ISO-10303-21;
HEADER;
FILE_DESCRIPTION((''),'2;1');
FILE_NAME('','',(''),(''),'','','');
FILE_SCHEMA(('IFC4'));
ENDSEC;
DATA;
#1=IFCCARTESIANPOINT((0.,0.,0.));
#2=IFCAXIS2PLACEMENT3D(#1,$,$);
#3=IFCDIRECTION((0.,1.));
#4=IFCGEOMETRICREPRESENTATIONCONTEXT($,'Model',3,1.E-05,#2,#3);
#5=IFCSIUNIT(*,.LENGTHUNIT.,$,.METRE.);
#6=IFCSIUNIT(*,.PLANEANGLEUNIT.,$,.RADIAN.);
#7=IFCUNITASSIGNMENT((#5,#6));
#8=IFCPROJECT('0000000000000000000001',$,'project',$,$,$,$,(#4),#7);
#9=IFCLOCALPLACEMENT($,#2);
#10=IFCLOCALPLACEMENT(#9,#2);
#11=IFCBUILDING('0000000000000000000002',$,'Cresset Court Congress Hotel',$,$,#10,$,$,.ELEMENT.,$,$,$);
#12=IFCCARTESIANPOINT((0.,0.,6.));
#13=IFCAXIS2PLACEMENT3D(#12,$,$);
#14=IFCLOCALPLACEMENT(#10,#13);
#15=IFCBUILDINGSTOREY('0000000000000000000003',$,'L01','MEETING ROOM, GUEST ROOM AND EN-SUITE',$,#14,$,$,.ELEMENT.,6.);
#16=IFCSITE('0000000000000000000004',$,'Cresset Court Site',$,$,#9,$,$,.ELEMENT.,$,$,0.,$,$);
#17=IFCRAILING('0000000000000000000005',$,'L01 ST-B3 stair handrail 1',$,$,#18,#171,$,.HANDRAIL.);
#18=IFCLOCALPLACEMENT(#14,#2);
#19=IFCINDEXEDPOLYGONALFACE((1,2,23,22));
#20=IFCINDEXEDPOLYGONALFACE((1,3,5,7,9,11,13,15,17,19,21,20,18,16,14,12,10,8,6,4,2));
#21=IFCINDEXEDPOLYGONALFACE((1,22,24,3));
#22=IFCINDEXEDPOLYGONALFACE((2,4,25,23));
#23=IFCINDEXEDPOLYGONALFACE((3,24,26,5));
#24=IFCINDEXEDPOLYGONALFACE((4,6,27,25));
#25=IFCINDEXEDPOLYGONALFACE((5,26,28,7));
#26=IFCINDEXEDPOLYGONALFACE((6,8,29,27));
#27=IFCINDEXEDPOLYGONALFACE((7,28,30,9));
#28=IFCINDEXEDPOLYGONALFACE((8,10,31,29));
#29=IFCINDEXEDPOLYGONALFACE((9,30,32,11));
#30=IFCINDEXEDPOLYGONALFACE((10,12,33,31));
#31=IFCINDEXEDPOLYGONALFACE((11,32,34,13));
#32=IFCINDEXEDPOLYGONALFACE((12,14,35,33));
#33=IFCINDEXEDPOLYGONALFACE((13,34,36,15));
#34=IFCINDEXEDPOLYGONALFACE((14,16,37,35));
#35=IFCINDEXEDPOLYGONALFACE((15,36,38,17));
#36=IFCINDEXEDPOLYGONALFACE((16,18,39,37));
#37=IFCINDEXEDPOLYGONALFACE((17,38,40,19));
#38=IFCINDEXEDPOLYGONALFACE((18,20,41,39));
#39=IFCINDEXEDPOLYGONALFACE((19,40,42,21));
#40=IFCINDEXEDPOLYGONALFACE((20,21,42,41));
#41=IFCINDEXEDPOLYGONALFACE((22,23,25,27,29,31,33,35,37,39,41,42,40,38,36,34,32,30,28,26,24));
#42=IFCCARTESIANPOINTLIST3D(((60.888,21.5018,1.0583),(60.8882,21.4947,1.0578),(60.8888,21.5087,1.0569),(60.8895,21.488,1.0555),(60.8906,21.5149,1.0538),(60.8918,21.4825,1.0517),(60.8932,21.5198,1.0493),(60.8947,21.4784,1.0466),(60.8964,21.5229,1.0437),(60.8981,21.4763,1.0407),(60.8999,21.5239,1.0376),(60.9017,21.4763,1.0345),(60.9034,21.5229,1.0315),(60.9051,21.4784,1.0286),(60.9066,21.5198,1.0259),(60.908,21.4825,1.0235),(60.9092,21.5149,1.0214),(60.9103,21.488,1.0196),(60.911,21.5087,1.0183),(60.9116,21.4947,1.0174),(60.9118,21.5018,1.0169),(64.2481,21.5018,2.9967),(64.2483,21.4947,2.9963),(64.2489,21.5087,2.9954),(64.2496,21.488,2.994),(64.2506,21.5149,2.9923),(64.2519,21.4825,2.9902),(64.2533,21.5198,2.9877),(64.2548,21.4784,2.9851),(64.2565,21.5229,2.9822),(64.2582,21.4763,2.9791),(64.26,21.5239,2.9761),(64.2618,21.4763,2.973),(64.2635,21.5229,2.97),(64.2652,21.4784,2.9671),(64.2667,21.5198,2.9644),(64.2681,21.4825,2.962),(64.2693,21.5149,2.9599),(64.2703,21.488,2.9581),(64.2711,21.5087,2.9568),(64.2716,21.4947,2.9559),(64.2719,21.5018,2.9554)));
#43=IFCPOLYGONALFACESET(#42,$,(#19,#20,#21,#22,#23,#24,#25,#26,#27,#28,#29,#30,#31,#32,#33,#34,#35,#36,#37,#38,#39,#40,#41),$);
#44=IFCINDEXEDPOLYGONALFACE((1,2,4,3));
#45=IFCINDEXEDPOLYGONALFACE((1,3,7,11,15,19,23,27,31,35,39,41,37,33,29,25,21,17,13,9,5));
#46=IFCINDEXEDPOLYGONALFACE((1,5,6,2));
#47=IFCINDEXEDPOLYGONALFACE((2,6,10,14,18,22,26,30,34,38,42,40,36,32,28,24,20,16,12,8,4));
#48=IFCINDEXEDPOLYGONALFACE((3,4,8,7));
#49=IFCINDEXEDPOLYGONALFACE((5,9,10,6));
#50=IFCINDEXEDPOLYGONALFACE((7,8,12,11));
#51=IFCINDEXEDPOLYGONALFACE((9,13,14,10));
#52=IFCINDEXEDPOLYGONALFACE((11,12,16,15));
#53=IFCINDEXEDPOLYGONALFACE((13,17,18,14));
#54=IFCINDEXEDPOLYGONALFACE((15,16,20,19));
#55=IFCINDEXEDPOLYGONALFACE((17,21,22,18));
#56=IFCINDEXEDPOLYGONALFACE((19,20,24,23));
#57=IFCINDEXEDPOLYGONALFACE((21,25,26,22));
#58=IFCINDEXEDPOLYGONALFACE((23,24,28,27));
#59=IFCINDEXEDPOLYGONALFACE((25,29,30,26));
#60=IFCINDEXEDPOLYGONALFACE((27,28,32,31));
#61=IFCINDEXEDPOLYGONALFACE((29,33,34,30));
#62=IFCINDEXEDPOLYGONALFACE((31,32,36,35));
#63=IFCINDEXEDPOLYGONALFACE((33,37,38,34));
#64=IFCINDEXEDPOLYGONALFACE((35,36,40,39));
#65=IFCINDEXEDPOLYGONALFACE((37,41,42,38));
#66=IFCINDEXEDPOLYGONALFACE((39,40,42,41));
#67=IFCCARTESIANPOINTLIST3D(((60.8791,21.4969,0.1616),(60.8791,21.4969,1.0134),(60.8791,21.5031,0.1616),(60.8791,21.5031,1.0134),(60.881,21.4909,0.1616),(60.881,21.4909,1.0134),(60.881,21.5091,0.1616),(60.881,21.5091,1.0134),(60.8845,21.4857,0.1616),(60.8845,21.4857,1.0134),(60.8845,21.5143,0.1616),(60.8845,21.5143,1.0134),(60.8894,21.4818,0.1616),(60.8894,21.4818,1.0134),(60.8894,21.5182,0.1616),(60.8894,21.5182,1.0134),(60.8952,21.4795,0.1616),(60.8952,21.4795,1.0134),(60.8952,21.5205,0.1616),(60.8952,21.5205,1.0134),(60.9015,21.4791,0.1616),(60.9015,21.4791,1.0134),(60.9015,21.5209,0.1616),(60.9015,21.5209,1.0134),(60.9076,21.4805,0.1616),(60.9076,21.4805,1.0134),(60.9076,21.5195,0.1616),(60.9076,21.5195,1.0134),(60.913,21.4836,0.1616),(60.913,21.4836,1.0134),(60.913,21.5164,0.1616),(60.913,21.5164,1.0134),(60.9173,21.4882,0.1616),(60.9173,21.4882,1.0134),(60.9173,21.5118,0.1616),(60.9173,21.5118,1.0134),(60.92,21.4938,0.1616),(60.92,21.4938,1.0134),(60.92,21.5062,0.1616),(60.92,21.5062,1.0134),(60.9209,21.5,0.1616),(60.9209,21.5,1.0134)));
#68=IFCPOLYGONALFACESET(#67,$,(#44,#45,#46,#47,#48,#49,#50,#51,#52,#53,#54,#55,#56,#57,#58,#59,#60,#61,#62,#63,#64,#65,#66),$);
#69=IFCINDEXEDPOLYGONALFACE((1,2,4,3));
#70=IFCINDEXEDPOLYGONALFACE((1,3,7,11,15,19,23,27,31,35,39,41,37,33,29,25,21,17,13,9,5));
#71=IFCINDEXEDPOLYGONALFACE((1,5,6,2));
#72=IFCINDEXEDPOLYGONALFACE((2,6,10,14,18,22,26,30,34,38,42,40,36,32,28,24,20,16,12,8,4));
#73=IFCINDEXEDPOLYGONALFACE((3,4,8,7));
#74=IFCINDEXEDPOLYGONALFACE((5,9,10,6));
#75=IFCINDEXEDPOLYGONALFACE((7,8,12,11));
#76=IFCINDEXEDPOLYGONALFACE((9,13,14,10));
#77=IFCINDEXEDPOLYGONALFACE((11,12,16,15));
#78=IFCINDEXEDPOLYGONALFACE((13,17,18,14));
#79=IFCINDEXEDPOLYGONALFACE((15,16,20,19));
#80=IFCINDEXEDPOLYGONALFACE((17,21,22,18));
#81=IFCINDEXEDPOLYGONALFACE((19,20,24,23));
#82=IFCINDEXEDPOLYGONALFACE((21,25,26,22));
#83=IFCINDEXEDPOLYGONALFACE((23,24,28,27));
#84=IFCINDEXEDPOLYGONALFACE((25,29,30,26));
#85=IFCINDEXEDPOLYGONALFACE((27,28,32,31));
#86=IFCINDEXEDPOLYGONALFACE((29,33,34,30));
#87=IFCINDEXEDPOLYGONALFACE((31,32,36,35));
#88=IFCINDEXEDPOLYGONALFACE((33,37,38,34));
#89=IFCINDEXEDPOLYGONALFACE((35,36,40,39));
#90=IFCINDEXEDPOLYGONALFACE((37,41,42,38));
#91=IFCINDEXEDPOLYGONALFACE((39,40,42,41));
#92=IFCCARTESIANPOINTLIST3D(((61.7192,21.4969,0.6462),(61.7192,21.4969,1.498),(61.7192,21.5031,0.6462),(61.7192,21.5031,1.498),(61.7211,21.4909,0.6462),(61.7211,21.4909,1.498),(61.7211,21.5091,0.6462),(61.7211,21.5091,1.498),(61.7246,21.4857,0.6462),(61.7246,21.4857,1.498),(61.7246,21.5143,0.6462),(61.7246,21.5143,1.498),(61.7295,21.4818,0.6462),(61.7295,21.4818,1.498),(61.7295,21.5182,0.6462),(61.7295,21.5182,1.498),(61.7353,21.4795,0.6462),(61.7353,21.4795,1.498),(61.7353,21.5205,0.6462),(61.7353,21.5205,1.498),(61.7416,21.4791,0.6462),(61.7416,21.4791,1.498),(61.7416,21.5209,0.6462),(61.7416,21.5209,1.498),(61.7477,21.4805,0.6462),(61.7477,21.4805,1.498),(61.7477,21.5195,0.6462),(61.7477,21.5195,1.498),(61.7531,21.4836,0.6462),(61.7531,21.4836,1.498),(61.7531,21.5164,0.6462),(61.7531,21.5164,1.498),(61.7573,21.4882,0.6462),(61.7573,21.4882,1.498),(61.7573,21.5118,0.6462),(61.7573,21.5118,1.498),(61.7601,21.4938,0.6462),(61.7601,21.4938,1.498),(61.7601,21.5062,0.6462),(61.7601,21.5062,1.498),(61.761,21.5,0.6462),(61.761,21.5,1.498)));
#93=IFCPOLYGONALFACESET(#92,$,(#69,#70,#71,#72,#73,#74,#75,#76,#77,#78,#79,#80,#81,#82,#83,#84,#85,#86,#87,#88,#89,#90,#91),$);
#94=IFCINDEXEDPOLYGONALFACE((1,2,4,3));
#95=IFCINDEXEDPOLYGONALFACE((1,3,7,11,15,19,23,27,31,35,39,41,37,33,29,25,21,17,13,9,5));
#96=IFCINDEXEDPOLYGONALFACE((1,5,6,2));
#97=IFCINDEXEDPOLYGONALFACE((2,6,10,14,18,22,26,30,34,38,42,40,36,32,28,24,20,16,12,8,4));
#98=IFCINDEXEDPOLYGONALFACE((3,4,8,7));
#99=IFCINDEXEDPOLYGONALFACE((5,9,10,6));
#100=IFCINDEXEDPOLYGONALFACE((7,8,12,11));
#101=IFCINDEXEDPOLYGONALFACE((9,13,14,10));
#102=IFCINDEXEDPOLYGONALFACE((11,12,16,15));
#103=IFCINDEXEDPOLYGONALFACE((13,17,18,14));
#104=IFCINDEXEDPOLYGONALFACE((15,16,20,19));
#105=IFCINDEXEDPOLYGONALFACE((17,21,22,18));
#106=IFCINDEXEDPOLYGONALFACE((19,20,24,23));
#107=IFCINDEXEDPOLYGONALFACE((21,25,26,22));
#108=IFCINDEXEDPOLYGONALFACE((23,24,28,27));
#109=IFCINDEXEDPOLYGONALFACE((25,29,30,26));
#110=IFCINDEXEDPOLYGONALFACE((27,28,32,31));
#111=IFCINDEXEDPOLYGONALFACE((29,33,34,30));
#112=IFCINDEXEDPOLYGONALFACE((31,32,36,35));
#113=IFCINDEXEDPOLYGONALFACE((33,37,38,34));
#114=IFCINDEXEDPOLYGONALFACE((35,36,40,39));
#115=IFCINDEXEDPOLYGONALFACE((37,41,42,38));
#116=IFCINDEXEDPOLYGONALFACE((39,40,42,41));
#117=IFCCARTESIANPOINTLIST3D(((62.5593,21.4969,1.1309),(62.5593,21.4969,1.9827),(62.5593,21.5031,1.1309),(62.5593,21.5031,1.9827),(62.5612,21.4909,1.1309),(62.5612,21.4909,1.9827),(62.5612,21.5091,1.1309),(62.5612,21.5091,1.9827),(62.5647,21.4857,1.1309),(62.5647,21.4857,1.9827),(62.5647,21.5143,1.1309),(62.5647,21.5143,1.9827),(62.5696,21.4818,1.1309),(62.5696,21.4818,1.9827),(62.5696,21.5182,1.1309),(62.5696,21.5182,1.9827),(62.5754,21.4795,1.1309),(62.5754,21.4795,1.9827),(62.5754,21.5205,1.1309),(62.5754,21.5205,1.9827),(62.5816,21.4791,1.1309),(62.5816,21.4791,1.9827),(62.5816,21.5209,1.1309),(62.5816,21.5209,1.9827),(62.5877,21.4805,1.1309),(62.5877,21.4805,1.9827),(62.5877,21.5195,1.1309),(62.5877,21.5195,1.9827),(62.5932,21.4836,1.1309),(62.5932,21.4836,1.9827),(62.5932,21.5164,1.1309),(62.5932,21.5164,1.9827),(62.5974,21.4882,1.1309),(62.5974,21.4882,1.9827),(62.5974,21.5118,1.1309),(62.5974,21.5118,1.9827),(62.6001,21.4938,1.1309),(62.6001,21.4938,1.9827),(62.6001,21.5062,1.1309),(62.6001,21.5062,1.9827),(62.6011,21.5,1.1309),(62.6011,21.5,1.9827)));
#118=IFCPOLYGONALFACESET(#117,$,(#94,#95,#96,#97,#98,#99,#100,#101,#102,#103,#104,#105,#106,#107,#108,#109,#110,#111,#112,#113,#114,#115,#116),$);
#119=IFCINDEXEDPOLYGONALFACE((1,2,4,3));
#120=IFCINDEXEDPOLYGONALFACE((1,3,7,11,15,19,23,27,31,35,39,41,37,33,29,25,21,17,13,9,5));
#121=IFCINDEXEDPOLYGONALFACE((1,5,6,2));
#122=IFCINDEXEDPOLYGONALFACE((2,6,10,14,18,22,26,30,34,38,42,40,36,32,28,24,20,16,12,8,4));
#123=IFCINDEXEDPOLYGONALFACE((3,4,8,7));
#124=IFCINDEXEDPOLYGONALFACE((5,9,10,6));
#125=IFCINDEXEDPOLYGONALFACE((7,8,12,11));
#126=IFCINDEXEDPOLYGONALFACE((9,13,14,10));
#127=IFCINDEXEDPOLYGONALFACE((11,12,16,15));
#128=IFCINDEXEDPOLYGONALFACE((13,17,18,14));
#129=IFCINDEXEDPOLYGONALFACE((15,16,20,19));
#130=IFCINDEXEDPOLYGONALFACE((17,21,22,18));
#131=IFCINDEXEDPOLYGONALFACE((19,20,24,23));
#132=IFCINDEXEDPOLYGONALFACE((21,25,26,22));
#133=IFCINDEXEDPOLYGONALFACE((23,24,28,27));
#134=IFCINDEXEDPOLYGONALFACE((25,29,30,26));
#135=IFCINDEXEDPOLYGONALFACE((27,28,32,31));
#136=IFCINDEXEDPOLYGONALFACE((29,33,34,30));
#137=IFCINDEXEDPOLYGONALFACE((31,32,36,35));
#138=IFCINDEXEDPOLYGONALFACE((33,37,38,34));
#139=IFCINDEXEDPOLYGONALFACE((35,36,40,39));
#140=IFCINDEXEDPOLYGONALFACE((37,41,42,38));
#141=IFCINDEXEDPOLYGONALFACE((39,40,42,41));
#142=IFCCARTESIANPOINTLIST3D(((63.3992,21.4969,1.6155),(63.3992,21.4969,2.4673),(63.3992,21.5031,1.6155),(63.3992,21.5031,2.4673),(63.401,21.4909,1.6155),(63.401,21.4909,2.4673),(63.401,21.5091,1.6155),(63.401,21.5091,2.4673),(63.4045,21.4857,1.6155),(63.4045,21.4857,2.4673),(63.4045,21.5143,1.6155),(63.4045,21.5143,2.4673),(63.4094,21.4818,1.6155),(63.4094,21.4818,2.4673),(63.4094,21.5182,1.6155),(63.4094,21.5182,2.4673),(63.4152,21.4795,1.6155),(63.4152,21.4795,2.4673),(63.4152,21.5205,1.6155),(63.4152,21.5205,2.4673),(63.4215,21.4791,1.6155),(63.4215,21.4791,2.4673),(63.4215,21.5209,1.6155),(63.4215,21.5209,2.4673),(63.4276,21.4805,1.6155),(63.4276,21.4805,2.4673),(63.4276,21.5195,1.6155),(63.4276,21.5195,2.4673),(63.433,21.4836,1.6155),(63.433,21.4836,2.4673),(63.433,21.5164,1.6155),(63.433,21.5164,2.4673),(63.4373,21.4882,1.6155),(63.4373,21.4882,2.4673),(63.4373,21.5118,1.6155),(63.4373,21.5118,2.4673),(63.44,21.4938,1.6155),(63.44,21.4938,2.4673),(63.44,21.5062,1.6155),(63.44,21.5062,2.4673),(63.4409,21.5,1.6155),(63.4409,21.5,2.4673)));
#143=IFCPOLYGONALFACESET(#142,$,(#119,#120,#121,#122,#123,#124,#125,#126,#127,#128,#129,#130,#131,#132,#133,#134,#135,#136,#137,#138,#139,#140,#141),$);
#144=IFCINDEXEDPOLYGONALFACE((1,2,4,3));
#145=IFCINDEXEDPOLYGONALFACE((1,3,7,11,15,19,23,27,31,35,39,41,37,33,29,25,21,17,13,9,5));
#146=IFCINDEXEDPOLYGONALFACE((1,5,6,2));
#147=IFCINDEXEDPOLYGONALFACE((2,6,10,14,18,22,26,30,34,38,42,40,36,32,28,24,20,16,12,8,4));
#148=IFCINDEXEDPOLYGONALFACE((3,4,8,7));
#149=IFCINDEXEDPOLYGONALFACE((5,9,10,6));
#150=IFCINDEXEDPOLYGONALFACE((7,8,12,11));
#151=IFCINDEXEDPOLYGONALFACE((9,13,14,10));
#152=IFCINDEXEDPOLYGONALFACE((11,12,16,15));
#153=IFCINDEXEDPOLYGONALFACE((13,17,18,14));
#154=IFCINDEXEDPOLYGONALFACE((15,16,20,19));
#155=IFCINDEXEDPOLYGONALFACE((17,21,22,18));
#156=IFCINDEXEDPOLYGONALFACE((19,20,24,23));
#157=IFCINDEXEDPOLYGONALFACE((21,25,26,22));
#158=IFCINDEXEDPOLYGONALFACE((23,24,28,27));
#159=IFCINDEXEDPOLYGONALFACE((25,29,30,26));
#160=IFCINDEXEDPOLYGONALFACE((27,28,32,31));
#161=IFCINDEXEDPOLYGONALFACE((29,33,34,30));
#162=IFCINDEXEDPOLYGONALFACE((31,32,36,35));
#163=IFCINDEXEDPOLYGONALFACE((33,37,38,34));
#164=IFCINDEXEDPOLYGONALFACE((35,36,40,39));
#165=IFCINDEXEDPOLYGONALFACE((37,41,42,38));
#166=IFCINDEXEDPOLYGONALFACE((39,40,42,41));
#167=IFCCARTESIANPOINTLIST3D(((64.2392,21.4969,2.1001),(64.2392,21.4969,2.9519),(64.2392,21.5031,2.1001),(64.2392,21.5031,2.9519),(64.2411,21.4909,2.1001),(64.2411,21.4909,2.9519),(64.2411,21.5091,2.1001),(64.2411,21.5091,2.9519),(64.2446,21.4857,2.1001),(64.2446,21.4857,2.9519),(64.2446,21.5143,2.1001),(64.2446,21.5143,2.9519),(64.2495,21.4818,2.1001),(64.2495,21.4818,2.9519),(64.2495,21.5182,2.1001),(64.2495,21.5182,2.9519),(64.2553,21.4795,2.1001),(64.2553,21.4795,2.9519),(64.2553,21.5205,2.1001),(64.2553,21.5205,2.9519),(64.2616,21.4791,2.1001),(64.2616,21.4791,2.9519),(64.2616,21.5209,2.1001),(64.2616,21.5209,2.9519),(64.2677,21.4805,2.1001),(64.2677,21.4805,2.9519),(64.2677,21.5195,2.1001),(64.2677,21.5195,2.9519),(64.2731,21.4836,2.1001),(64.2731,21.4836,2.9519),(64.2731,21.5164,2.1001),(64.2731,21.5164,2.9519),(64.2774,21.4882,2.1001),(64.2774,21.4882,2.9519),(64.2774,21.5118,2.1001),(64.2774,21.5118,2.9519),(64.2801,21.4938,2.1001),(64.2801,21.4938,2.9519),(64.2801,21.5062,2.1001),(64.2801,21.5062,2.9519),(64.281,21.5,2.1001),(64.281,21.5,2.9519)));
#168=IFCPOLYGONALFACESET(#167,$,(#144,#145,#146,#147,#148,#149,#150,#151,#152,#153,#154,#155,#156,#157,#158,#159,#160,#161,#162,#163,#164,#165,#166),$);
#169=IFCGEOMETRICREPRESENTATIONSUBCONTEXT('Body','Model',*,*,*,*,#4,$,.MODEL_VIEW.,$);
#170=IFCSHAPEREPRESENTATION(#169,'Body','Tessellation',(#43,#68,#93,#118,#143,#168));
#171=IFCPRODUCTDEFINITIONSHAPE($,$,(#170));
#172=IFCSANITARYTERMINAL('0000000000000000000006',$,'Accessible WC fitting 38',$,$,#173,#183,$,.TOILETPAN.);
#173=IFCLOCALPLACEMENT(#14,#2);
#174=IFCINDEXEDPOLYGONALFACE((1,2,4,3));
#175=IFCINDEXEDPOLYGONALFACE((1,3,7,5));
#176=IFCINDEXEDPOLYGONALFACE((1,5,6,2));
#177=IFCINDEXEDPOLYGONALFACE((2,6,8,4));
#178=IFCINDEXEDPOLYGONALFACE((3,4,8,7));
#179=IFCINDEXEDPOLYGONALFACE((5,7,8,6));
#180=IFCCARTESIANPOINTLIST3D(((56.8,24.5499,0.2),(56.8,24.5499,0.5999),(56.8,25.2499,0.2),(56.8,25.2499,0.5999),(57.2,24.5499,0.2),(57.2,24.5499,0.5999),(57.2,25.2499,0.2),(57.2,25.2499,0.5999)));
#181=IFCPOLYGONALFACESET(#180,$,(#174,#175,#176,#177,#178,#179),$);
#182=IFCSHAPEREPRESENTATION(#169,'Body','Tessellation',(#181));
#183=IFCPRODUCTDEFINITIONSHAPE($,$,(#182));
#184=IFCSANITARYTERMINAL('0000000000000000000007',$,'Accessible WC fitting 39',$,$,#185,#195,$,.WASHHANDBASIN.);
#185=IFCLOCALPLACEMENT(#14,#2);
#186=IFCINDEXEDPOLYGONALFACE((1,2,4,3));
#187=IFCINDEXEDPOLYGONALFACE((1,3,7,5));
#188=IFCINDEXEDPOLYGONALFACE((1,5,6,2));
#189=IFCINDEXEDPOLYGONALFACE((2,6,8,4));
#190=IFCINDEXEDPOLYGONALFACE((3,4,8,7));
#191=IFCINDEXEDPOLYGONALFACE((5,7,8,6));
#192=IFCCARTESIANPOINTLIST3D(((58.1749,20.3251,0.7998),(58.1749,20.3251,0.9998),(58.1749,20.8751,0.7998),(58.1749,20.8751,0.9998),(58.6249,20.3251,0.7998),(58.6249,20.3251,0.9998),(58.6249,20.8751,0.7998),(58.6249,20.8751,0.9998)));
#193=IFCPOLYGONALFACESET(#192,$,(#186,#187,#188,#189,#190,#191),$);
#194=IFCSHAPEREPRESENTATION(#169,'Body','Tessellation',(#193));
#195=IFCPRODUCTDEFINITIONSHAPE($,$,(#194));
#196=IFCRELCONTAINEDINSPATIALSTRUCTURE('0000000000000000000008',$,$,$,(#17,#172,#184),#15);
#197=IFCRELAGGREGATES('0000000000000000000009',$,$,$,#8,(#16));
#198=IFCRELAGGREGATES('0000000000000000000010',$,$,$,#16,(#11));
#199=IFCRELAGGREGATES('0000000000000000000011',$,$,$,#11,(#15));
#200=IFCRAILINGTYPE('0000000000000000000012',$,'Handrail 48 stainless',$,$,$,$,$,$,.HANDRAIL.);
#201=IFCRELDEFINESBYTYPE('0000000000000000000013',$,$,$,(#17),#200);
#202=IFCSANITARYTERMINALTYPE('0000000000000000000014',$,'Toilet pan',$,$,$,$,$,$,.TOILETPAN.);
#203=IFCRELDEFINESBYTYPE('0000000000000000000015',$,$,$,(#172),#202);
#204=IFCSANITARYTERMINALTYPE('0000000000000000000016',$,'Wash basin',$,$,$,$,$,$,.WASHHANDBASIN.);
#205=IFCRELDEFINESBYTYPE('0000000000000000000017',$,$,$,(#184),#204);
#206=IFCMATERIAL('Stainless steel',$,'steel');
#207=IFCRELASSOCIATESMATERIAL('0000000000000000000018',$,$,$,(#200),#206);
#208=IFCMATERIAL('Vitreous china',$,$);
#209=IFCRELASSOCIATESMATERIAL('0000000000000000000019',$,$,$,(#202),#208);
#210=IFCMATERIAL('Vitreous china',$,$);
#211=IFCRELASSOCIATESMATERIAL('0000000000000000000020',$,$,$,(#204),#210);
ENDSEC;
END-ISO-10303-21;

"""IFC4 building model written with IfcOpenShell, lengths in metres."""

from ifc_helpers import new_model, si_unit, direction, frame, origin, origin_2d, place, context, subcontext, project, spatial, rectangle, circle, extrude, material, type_object, element, save


model = new_model("IFC4")

# Units and contexts
model_context = context("Model", 3, precision=1e-05, world=origin(), true_north=direction((0.0, 1.0)))
body_context = subcontext(model_context, "Body", "Model", "MODEL_VIEW")
ifc_project = project(units=[si_unit("LENGTHUNIT", "METRE"), si_unit("PLANEANGLEUNIT", "RADIAN")], contexts=[model_context])

# Site, building, storey
site_placement = place(None, origin())
site = spatial("IfcSite", under=ifc_project, at=site_placement, Name="Cresset Court Site", CompositionType="ELEMENT", RefElevation=0.0)
building_placement = place(site_placement, origin())
building = spatial("IfcBuilding", under=site, at=building_placement, Name="Cresset Court Congress Hotel", CompositionType="ELEMENT")
storey_placement = place(building_placement, frame((0.0, 0.0, 6.0)))
storey = spatial("IfcBuildingStorey", under=building, at=storey_placement, Name="L01", Description="MEETING ROOM, GUEST ROOM AND EN-SUITE", CompositionType="ELEMENT", Elevation=6.0)

# Railing
ifc_material_1 = material(Name="Stainless steel", Category="steel")
railing_type_1 = type_object("IfcRailingType", Name="Handrail 48 stainless", PredefinedType="HANDRAIL", material=ifc_material_1)
railing_1_placement = place(storey_placement, frame((60.8999, 21.5, 0.1616)))
element("IfcRailing", 1, at=railing_1_placement, inside=storey, type_object=railing_type_1, Name="L01 ST-B3 stair handrail 1", PredefinedType="HANDRAIL", context=body_context, shape_type="SweptSolid", body=[
    extrude(circle(Radius=0.0239, at=origin_2d()), frame((0.0, 0.0, 0.876), z_axis=(0.866191, 0.0, 0.499713), x_axis=(0.0, 1.0, 0.0)), (0.0, 0.0, 1.0), 3.8792),
    extrude(circle(Radius=0.021, at=origin_2d()), origin(), (0.0, 0.0, 1.0), 0.8518),
    extrude(circle(Radius=0.021, at=origin_2d()), frame((0.8401, 0.0, 0.4846)), (0.0, 0.0, 1.0), 0.8518),
    extrude(circle(Radius=0.021, at=origin_2d()), frame((1.6802, 0.0, 0.9692)), (0.0, 0.0, 1.0), 0.8518),
    extrude(circle(Radius=0.021, at=origin_2d()), frame((2.52, 0.0, 1.4539)), (0.0, 0.0, 1.0), 0.8518),
    extrude(circle(Radius=0.021, at=origin_2d()), frame((3.3601, 0.0, 1.9385)), (0.0, 0.0, 1.0), 0.8518),
])

# Sanitary terminals
ifc_material_2 = material(Name="Vitreous china")
sanitary_terminal_type_1 = type_object("IfcSanitaryTerminalType", Name="Toilet pan", PredefinedType="TOILETPAN", material=ifc_material_2)
sanitary_terminal_1_placement = place(storey_placement, frame((57.0, 24.8999, 0.2), z_axis=(0.0, 0.0, 1.0), x_axis=(1.0, 0.0, 0.0)))
element("IfcSanitaryTerminal", 2, at=sanitary_terminal_1_placement, inside=storey, type_object=sanitary_terminal_type_1, Name="Accessible WC fitting 38", PredefinedType="TOILETPAN", context=body_context, shape_type="SweptSolid", body=[
    extrude(rectangle(XDim=0.3999, YDim=0.7, at=origin_2d()), origin(), (0.0, 0.0, 1.0), 0.3999),
])
ifc_material_3 = material(Name="Vitreous china")
sanitary_terminal_type_2 = type_object("IfcSanitaryTerminalType", Name="Wash basin", PredefinedType="WASHHANDBASIN", material=ifc_material_3)
sanitary_terminal_2_placement = place(storey_placement, frame((58.3999, 20.6001, 0.7998), z_axis=(0.0, 0.0, 1.0), x_axis=(1.0, 0.0, 0.0)))
element("IfcSanitaryTerminal", 3, at=sanitary_terminal_2_placement, inside=storey, type_object=sanitary_terminal_type_2, Name="Accessible WC fitting 39", PredefinedType="WASHHANDBASIN", context=body_context, shape_type="SweptSolid", body=[
    extrude(rectangle(XDim=0.45, YDim=0.55, at=origin_2d()), origin(), (0.0, 0.0, 1.0), 0.2),
])

save(model, "model.ifc")
